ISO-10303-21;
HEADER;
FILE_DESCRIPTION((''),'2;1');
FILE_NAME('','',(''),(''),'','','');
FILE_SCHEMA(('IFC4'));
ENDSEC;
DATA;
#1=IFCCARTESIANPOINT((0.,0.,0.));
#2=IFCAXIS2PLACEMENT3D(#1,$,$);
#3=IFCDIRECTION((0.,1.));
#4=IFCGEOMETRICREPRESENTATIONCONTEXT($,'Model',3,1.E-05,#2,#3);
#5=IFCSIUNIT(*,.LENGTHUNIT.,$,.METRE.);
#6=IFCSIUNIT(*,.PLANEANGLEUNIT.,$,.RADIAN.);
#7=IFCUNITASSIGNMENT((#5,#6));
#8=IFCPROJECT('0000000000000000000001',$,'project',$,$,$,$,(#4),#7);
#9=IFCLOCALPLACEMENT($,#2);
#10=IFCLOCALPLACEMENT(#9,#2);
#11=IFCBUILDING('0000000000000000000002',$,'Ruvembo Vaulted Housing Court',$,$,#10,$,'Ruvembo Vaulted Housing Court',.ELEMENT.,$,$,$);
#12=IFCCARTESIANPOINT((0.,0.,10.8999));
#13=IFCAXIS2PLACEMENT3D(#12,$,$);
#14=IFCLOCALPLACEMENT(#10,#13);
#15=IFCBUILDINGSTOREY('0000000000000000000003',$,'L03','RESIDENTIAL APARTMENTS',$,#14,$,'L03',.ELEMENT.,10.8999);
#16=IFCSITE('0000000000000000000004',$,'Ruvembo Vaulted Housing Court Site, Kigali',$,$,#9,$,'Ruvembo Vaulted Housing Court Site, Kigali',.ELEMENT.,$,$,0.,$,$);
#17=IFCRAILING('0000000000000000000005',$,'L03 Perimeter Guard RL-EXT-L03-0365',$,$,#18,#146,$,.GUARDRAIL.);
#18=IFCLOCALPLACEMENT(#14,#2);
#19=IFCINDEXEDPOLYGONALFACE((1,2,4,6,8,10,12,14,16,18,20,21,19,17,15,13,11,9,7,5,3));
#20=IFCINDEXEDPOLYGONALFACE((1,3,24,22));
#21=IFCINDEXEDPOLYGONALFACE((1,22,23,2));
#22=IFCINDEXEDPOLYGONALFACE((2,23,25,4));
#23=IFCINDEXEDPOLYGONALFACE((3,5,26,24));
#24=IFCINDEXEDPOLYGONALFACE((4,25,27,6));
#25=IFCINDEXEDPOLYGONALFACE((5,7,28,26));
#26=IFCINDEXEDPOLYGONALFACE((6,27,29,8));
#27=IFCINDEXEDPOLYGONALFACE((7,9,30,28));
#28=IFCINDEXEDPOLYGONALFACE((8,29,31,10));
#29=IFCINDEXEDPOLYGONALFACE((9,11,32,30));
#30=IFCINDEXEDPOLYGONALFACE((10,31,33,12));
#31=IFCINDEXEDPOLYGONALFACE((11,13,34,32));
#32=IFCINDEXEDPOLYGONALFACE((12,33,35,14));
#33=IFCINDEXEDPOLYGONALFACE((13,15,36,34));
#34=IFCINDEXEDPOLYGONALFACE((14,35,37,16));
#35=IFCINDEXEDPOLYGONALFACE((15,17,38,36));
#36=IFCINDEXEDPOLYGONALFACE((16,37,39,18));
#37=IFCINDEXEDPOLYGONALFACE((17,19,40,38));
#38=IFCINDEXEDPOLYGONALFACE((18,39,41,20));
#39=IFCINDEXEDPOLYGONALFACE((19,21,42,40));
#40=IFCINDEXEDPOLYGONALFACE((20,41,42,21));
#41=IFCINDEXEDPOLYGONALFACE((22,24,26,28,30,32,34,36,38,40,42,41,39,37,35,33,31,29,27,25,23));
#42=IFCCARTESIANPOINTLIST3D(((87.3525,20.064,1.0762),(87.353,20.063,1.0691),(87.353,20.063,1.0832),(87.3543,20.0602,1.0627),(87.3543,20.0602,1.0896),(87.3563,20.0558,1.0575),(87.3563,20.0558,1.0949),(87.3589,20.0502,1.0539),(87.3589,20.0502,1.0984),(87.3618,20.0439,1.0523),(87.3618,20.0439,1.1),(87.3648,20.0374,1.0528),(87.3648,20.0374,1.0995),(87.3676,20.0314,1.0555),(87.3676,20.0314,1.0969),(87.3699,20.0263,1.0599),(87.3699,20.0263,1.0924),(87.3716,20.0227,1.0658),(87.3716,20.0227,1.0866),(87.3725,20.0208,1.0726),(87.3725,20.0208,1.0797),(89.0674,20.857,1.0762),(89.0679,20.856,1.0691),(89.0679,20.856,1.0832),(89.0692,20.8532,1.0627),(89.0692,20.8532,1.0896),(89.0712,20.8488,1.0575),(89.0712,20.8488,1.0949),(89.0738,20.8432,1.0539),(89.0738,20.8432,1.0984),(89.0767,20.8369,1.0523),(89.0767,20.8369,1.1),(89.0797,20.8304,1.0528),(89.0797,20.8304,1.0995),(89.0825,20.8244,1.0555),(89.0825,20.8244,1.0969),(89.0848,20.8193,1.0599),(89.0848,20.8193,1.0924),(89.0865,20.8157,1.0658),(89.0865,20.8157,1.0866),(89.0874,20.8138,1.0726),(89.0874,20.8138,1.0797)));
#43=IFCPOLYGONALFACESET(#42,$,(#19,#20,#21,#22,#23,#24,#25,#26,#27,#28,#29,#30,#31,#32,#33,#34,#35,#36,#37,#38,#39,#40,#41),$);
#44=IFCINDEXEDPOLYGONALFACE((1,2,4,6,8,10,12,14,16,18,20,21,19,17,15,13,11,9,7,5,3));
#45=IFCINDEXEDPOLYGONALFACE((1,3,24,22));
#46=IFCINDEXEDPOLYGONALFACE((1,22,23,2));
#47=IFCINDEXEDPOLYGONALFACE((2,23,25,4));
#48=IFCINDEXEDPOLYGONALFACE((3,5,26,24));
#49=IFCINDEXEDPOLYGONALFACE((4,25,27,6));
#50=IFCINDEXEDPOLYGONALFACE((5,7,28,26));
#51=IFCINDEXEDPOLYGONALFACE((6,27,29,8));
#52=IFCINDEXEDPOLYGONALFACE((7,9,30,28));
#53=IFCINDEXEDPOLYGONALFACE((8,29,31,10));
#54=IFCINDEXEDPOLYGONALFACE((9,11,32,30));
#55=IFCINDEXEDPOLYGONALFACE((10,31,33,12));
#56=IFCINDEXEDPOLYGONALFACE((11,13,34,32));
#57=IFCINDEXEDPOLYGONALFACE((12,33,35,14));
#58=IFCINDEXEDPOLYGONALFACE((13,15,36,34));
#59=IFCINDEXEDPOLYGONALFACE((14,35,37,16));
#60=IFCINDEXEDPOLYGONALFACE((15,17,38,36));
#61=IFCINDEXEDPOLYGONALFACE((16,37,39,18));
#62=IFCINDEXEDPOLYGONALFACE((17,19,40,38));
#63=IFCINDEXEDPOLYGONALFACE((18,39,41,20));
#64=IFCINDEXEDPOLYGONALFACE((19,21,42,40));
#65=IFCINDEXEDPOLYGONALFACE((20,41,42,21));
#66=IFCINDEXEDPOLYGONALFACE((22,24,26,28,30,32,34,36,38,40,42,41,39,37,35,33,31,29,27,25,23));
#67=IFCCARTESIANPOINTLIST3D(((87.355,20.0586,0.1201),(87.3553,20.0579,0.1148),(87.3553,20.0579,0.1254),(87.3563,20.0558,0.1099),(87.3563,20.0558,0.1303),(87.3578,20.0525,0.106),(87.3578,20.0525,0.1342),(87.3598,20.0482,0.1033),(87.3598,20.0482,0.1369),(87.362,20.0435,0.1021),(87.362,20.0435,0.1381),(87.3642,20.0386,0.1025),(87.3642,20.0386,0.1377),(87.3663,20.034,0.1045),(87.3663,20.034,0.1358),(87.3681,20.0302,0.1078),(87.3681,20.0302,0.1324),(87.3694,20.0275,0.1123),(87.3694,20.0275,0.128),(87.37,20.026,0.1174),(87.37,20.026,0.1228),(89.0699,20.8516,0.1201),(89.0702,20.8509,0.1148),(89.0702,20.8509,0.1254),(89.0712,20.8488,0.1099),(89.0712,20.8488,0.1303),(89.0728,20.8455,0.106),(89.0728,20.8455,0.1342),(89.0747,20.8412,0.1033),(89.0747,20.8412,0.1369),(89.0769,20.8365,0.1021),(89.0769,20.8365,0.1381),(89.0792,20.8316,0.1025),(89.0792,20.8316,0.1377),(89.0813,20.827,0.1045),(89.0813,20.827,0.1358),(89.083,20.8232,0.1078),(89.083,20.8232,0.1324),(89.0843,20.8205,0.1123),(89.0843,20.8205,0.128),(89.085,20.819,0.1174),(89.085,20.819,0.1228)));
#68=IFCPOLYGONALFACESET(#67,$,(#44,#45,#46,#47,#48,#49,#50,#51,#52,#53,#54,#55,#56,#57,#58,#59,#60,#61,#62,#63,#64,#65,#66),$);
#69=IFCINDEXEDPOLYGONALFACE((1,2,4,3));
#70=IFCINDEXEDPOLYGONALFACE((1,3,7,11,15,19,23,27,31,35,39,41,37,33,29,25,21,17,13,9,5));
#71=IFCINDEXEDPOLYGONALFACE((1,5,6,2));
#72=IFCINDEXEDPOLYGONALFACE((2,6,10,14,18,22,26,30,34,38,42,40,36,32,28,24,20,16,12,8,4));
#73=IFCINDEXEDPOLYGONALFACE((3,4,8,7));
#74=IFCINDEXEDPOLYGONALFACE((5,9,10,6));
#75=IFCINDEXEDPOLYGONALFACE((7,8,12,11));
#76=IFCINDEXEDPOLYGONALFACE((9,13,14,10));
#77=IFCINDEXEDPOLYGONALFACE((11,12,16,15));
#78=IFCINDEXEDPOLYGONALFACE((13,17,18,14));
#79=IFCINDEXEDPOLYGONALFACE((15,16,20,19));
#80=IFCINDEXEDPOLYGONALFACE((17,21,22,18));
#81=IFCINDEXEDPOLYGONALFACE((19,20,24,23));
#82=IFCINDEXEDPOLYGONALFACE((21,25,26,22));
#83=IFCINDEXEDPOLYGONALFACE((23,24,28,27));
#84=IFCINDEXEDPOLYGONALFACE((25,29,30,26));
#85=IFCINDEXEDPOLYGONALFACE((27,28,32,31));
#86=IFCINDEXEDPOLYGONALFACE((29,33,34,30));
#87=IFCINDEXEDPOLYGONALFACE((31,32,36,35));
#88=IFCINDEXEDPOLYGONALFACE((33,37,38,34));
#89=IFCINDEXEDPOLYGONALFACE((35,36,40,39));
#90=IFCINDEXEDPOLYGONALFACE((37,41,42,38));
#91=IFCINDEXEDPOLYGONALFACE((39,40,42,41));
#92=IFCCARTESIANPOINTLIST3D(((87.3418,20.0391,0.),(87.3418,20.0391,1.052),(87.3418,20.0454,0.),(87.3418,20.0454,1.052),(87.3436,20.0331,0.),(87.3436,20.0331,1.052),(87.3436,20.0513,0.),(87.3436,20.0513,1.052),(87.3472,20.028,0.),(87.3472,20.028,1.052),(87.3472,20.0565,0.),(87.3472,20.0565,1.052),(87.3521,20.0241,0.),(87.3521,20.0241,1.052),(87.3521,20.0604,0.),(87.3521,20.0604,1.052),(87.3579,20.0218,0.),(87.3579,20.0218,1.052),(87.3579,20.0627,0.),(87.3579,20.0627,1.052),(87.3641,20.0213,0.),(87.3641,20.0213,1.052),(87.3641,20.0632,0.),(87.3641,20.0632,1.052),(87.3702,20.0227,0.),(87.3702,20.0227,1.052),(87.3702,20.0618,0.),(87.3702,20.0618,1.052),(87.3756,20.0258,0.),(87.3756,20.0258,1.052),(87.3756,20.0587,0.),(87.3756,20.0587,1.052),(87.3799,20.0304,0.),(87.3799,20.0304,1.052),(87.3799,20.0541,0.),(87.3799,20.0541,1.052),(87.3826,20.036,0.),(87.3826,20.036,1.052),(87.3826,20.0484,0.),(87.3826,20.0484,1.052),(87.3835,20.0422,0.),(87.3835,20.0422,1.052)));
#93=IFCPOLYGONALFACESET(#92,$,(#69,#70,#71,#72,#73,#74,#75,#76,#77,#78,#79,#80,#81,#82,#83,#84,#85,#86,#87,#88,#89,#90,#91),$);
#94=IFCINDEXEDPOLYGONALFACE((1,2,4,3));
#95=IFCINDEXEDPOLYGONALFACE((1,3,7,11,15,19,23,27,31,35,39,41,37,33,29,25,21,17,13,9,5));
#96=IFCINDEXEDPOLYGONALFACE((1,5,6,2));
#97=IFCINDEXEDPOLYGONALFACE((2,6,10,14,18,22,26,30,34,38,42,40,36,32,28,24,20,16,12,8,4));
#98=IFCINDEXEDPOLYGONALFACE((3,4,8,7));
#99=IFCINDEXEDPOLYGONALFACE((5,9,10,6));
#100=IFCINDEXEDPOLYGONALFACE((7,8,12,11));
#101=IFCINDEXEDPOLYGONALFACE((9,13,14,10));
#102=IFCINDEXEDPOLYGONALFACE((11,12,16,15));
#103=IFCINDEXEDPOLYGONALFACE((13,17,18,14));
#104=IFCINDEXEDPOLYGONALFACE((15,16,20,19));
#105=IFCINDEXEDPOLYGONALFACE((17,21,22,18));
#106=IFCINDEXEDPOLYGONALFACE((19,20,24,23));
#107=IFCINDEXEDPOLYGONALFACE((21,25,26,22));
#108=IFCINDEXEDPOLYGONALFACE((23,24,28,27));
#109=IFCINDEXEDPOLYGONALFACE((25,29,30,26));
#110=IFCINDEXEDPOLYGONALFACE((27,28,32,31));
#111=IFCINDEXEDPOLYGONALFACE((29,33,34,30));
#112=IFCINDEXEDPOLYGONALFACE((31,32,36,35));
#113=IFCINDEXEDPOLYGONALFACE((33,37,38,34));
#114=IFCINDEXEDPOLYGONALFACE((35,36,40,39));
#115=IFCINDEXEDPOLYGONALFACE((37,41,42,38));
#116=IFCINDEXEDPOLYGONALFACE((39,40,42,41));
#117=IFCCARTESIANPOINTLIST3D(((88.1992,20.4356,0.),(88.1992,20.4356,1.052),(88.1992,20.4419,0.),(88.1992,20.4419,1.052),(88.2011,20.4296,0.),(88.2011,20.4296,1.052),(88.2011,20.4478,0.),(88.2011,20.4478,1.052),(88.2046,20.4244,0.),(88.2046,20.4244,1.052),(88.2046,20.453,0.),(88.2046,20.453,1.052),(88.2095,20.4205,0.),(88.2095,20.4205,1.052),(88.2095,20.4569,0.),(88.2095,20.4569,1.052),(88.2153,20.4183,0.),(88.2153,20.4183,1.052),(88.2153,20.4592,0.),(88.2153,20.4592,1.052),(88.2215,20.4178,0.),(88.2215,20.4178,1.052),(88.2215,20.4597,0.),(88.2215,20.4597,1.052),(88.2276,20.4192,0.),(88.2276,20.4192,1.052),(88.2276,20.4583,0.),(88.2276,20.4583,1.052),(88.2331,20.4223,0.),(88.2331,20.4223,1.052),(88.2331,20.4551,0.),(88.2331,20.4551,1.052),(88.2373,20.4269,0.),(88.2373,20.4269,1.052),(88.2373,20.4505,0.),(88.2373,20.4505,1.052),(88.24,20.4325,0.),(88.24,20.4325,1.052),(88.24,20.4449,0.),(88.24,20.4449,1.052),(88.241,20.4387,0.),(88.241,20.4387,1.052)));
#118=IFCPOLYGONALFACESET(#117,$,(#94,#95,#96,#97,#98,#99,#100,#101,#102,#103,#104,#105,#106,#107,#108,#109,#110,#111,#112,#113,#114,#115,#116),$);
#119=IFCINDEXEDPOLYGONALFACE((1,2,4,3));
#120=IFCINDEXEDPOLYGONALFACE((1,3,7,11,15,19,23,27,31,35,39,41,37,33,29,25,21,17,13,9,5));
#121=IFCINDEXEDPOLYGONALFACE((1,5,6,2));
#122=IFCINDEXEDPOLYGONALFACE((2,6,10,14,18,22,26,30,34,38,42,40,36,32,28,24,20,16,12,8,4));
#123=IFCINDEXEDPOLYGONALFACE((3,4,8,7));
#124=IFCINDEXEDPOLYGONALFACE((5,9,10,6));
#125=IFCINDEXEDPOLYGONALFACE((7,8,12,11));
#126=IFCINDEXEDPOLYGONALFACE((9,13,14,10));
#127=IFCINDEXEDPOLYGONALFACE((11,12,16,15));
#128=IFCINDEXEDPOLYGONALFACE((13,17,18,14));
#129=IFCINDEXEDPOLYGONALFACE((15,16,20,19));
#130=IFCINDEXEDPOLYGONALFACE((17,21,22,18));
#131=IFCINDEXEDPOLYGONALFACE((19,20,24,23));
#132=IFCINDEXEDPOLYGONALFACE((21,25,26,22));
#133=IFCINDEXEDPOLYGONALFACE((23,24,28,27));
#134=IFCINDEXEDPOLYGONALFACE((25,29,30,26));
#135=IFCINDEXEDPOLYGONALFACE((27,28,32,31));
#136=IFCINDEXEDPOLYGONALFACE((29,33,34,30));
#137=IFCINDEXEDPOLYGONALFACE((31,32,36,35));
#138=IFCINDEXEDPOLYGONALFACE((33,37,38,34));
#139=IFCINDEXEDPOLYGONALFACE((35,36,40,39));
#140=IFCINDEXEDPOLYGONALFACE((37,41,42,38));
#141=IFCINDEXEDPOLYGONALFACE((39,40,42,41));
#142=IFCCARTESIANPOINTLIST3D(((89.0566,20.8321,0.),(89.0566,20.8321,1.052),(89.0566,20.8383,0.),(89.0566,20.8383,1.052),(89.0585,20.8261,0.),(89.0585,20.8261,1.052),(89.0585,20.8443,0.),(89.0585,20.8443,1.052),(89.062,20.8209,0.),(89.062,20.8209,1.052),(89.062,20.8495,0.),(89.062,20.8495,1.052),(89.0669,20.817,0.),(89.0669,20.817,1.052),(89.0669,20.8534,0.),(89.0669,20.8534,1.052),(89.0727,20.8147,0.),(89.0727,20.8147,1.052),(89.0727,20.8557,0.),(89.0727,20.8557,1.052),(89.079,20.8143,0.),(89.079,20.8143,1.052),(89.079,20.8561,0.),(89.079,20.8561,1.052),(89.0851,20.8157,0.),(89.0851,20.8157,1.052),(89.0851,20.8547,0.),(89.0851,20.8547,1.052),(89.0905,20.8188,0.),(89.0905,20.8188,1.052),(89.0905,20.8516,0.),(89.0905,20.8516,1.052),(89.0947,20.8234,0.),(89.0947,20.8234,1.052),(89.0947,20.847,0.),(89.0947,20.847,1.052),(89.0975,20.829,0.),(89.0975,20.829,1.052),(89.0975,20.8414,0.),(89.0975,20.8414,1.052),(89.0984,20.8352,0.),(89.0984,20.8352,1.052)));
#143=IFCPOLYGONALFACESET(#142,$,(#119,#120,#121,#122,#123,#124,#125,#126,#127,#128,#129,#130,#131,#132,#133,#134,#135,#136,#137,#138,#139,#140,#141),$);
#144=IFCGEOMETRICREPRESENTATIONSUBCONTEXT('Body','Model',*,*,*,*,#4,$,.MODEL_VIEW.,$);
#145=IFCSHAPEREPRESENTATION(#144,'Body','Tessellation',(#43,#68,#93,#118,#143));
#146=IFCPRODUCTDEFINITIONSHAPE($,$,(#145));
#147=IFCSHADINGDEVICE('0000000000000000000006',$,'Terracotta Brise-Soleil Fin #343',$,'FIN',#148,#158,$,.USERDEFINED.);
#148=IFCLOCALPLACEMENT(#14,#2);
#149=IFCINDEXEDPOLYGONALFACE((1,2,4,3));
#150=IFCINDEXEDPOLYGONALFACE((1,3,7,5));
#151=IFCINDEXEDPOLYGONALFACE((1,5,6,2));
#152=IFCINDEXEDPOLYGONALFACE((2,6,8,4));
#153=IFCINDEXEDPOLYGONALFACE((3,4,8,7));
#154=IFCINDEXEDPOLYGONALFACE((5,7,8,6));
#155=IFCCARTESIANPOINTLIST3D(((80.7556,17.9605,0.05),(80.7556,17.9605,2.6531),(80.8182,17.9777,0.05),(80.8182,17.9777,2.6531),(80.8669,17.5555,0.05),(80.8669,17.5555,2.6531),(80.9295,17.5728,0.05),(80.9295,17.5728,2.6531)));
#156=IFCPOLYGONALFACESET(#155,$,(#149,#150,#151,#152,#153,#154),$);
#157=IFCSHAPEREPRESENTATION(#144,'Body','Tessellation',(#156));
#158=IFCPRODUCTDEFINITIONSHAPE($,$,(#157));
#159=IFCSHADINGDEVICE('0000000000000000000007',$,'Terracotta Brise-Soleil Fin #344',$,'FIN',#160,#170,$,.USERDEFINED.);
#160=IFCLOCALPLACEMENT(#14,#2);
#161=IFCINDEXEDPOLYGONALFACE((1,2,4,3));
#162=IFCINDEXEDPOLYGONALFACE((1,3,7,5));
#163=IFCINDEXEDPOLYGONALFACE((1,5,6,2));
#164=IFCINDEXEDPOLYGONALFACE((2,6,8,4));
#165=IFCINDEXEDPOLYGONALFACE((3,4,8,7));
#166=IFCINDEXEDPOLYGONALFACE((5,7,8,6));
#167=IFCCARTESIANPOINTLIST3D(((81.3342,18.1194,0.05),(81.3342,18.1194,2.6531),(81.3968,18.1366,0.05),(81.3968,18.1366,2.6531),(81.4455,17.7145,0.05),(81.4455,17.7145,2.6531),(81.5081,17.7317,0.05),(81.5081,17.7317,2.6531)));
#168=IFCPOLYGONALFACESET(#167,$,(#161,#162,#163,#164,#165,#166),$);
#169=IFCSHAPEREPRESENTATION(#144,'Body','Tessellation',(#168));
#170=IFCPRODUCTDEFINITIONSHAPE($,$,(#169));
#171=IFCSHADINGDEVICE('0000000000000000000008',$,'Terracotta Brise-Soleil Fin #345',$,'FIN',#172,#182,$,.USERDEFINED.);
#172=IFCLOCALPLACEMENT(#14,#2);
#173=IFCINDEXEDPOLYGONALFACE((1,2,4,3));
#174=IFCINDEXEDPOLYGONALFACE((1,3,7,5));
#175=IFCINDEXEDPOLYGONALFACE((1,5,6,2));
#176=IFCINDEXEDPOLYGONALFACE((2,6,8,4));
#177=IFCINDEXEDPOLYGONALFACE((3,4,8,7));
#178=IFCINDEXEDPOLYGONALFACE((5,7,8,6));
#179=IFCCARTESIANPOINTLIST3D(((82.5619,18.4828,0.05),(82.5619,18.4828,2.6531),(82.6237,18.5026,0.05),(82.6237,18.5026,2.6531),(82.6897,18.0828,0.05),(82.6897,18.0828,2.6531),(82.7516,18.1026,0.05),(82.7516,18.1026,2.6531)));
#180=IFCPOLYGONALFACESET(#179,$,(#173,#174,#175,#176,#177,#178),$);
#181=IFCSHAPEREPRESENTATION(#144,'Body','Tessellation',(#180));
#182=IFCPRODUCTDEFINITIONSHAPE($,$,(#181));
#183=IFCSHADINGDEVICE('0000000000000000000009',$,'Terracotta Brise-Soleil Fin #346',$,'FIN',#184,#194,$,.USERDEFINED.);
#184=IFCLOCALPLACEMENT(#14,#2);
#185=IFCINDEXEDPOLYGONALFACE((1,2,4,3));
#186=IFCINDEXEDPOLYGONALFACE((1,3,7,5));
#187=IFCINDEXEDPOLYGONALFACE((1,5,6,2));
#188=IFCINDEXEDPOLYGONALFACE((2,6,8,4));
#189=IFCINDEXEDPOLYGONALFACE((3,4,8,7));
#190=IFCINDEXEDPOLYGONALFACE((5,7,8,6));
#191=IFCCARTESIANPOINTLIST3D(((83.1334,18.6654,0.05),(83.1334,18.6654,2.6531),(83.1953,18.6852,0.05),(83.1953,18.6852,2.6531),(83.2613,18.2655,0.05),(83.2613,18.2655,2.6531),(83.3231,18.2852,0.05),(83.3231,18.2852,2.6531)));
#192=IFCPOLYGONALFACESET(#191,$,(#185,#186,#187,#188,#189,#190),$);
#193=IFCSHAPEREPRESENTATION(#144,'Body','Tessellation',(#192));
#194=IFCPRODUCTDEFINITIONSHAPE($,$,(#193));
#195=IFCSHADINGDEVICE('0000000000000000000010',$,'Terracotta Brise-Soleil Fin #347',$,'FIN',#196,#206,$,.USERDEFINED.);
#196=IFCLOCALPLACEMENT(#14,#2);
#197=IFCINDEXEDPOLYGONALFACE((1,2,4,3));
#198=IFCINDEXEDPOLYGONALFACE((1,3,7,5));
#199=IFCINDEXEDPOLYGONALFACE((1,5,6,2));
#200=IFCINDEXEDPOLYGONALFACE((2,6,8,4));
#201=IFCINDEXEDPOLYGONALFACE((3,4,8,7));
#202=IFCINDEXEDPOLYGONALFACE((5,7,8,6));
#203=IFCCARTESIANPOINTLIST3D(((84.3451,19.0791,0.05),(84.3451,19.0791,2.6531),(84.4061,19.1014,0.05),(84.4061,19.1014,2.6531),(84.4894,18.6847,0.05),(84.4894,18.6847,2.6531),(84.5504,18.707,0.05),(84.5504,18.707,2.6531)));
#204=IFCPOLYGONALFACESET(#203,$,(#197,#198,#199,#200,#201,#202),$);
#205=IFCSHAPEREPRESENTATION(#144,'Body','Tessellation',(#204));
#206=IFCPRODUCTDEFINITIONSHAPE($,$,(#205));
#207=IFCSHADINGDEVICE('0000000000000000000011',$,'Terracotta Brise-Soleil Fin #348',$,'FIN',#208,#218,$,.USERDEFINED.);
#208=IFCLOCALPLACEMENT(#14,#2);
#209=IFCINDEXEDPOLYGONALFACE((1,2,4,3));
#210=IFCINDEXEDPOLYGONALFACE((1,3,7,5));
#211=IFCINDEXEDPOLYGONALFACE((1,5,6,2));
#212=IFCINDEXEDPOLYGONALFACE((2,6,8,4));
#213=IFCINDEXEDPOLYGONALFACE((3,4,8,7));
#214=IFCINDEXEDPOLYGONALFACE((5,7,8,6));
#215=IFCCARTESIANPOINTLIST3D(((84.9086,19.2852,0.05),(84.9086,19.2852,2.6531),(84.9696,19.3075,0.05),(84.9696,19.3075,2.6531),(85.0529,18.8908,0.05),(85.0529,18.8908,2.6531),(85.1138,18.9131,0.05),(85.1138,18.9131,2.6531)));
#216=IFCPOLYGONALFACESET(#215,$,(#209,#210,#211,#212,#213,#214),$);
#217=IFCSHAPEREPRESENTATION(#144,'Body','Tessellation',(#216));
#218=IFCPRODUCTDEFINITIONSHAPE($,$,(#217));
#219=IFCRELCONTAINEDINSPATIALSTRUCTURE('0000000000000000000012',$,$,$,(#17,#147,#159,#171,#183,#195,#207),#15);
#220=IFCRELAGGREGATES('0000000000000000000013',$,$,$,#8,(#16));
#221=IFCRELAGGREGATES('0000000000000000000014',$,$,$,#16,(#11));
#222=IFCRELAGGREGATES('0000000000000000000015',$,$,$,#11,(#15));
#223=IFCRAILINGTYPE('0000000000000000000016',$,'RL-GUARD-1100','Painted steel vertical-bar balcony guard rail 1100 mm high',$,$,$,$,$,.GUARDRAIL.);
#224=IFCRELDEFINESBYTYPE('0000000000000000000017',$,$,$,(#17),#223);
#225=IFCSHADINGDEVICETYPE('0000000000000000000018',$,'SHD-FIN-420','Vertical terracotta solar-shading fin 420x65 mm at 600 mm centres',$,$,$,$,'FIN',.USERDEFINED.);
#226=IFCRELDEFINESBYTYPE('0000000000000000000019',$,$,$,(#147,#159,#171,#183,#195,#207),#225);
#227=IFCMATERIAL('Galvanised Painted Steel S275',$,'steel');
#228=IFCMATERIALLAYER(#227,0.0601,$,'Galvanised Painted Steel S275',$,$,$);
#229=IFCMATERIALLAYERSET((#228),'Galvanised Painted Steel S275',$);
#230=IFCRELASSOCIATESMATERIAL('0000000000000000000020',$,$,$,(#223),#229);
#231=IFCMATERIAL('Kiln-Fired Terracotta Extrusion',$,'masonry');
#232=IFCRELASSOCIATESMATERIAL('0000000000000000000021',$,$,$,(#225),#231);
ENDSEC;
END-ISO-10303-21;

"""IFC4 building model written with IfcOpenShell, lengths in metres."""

from ifc_helpers import new_model, si_unit, direction, frame, origin, origin_2d, place, context, subcontext, project, spatial, rectangle, circle, extrude, material, layer, layer_set, type_object, element, save


model = new_model("IFC4")

# Units and contexts
model_context = context("Model", 3, precision=1e-05, world=origin(), true_north=direction((0.0, 1.0)))
body_context = subcontext(model_context, "Body", "Model", "MODEL_VIEW")
ifc_project = project(units=[si_unit("LENGTHUNIT", "METRE"), si_unit("PLANEANGLEUNIT", "RADIAN")], contexts=[model_context])

# Site, building, storey
site_placement = place(None, origin())
site = spatial("IfcSite", under=ifc_project, at=site_placement, Name="Ruvembo Vaulted Housing Court Site, Kigali", LongName="Ruvembo Vaulted Housing Court Site, Kigali", CompositionType="ELEMENT", RefElevation=0.0)
building_placement = place(site_placement, origin())
building = spatial("IfcBuilding", under=site, at=building_placement, Name="Ruvembo Vaulted Housing Court", LongName="Ruvembo Vaulted Housing Court", CompositionType="ELEMENT")
storey_placement = place(building_placement, frame((0.0, 0.0, 10.8999)))
storey = spatial("IfcBuildingStorey", under=building, at=storey_placement, Name="L03", Description="RESIDENTIAL APARTMENTS", LongName="L03", CompositionType="ELEMENT", Elevation=10.8999)

# Railing
ifc_material_1 = material(Name="Galvanised Painted Steel S275", Category="steel")
ifc_layer = layer(ifc_material_1, 0.0601, Name="Galvanised Painted Steel S275")
ifc_layer_set = layer_set([ifc_layer], Name="Galvanised Painted Steel S275")
railing_type = type_object("IfcRailingType", Name="RL-GUARD-1100", Description="Painted steel vertical-bar balcony guard rail 1100 mm high", PredefinedType="GUARDRAIL", material=ifc_layer_set)
railing_1_placement = place(storey_placement, frame((87.3625, 20.0422, 0.0)))
element("IfcRailing", 1, at=railing_1_placement, inside=storey, type_object=railing_type, Name="L03 Perimeter Guard RL-EXT-L03-0365", PredefinedType="GUARDRAIL", context=body_context, shape_type="SweptSolid", body=[
    extrude(circle(Radius=0.0239, at=origin_2d()), frame((0.0, 0.0, 1.0762), z_axis=(0.907657, 0.419714, 0.0), x_axis=(-0.419714, 0.907657, 0.0)), (0.0, 0.0, 1.0), 1.8894),
    extrude(circle(Radius=0.0181, at=origin_2d()), frame((0.0, 0.0, 0.1201), z_axis=(0.907657, 0.419714, 0.0), x_axis=(-0.419714, 0.907657, 0.0)), (0.0, 0.0, 1.0), 1.8894),
    extrude(circle(Radius=0.021, at=origin_2d()), origin(), (0.0, 0.0, 1.0), 1.052),
    extrude(circle(Radius=0.021, at=origin_2d()), frame((0.8574, 0.3965, 0.0)), (0.0, 0.0, 1.0), 1.052),
    extrude(circle(Radius=0.021, at=origin_2d()), frame((1.7148, 0.793, 0.0)), (0.0, 0.0, 1.0), 1.052),
])

# Shading devices
ifc_material_2 = material(Name="Kiln-Fired Terracotta Extrusion", Category="masonry")
shading_device_type = type_object("IfcShadingDeviceType", Name="SHD-FIN-420", Description="Vertical terracotta solar-shading fin 420x65 mm at 600 mm centres", ElementType="FIN", PredefinedType="USERDEFINED", material=ifc_material_2)
for number, where, z_axis, x_axis, name in (
    (2, (80.8425, 17.7666, 0.05), (0.0, 0.0, 1.0), (0.264984, -0.964253, 0.0), "Terracotta Brise-Soleil Fin #343"),
    (3, (81.4211, 17.9255, 0.05), (0.0, 0.0, 1.0), (0.264984, -0.964253, 0.0), "Terracotta Brise-Soleil Fin #344"),
    (4, (82.6567, 18.2927, 0.05), (0.0, 0.0, 1.0), (0.304449, -0.952529, 0.0), "Terracotta Brise-Soleil Fin #345"),
    (5, (83.2283, 18.4753, 0.05), (0.0, 0.0, 1.0), (0.304449, -0.952529, 0.0), "Terracotta Brise-Soleil Fin #346"),
    (6, (84.4478, 18.8931, 0.05), (0.0, 0.0, 1.0), (0.343512, -0.939148, 0.0), "Terracotta Brise-Soleil Fin #347"),
    (7, (85.0112, 19.0991, 0.05), (0.0, 0.0, 1.0), (0.343512, -0.939148, 0.0), "Terracotta Brise-Soleil Fin #348"),
):
    element("IfcShadingDevice", number, at=place(storey_placement, frame(where, z_axis=z_axis, x_axis=x_axis)), inside=storey, type_object=shading_device_type, Name=name, ObjectType="FIN", PredefinedType="USERDEFINED", context=body_context, shape_type="SweptSolid", body=[
        extrude(rectangle(XDim=0.4199, YDim=0.0649, at=origin_2d()), origin(), (0.0, 0.0, 1.0), 2.603),
    ])

save(model, "model.ifc")
